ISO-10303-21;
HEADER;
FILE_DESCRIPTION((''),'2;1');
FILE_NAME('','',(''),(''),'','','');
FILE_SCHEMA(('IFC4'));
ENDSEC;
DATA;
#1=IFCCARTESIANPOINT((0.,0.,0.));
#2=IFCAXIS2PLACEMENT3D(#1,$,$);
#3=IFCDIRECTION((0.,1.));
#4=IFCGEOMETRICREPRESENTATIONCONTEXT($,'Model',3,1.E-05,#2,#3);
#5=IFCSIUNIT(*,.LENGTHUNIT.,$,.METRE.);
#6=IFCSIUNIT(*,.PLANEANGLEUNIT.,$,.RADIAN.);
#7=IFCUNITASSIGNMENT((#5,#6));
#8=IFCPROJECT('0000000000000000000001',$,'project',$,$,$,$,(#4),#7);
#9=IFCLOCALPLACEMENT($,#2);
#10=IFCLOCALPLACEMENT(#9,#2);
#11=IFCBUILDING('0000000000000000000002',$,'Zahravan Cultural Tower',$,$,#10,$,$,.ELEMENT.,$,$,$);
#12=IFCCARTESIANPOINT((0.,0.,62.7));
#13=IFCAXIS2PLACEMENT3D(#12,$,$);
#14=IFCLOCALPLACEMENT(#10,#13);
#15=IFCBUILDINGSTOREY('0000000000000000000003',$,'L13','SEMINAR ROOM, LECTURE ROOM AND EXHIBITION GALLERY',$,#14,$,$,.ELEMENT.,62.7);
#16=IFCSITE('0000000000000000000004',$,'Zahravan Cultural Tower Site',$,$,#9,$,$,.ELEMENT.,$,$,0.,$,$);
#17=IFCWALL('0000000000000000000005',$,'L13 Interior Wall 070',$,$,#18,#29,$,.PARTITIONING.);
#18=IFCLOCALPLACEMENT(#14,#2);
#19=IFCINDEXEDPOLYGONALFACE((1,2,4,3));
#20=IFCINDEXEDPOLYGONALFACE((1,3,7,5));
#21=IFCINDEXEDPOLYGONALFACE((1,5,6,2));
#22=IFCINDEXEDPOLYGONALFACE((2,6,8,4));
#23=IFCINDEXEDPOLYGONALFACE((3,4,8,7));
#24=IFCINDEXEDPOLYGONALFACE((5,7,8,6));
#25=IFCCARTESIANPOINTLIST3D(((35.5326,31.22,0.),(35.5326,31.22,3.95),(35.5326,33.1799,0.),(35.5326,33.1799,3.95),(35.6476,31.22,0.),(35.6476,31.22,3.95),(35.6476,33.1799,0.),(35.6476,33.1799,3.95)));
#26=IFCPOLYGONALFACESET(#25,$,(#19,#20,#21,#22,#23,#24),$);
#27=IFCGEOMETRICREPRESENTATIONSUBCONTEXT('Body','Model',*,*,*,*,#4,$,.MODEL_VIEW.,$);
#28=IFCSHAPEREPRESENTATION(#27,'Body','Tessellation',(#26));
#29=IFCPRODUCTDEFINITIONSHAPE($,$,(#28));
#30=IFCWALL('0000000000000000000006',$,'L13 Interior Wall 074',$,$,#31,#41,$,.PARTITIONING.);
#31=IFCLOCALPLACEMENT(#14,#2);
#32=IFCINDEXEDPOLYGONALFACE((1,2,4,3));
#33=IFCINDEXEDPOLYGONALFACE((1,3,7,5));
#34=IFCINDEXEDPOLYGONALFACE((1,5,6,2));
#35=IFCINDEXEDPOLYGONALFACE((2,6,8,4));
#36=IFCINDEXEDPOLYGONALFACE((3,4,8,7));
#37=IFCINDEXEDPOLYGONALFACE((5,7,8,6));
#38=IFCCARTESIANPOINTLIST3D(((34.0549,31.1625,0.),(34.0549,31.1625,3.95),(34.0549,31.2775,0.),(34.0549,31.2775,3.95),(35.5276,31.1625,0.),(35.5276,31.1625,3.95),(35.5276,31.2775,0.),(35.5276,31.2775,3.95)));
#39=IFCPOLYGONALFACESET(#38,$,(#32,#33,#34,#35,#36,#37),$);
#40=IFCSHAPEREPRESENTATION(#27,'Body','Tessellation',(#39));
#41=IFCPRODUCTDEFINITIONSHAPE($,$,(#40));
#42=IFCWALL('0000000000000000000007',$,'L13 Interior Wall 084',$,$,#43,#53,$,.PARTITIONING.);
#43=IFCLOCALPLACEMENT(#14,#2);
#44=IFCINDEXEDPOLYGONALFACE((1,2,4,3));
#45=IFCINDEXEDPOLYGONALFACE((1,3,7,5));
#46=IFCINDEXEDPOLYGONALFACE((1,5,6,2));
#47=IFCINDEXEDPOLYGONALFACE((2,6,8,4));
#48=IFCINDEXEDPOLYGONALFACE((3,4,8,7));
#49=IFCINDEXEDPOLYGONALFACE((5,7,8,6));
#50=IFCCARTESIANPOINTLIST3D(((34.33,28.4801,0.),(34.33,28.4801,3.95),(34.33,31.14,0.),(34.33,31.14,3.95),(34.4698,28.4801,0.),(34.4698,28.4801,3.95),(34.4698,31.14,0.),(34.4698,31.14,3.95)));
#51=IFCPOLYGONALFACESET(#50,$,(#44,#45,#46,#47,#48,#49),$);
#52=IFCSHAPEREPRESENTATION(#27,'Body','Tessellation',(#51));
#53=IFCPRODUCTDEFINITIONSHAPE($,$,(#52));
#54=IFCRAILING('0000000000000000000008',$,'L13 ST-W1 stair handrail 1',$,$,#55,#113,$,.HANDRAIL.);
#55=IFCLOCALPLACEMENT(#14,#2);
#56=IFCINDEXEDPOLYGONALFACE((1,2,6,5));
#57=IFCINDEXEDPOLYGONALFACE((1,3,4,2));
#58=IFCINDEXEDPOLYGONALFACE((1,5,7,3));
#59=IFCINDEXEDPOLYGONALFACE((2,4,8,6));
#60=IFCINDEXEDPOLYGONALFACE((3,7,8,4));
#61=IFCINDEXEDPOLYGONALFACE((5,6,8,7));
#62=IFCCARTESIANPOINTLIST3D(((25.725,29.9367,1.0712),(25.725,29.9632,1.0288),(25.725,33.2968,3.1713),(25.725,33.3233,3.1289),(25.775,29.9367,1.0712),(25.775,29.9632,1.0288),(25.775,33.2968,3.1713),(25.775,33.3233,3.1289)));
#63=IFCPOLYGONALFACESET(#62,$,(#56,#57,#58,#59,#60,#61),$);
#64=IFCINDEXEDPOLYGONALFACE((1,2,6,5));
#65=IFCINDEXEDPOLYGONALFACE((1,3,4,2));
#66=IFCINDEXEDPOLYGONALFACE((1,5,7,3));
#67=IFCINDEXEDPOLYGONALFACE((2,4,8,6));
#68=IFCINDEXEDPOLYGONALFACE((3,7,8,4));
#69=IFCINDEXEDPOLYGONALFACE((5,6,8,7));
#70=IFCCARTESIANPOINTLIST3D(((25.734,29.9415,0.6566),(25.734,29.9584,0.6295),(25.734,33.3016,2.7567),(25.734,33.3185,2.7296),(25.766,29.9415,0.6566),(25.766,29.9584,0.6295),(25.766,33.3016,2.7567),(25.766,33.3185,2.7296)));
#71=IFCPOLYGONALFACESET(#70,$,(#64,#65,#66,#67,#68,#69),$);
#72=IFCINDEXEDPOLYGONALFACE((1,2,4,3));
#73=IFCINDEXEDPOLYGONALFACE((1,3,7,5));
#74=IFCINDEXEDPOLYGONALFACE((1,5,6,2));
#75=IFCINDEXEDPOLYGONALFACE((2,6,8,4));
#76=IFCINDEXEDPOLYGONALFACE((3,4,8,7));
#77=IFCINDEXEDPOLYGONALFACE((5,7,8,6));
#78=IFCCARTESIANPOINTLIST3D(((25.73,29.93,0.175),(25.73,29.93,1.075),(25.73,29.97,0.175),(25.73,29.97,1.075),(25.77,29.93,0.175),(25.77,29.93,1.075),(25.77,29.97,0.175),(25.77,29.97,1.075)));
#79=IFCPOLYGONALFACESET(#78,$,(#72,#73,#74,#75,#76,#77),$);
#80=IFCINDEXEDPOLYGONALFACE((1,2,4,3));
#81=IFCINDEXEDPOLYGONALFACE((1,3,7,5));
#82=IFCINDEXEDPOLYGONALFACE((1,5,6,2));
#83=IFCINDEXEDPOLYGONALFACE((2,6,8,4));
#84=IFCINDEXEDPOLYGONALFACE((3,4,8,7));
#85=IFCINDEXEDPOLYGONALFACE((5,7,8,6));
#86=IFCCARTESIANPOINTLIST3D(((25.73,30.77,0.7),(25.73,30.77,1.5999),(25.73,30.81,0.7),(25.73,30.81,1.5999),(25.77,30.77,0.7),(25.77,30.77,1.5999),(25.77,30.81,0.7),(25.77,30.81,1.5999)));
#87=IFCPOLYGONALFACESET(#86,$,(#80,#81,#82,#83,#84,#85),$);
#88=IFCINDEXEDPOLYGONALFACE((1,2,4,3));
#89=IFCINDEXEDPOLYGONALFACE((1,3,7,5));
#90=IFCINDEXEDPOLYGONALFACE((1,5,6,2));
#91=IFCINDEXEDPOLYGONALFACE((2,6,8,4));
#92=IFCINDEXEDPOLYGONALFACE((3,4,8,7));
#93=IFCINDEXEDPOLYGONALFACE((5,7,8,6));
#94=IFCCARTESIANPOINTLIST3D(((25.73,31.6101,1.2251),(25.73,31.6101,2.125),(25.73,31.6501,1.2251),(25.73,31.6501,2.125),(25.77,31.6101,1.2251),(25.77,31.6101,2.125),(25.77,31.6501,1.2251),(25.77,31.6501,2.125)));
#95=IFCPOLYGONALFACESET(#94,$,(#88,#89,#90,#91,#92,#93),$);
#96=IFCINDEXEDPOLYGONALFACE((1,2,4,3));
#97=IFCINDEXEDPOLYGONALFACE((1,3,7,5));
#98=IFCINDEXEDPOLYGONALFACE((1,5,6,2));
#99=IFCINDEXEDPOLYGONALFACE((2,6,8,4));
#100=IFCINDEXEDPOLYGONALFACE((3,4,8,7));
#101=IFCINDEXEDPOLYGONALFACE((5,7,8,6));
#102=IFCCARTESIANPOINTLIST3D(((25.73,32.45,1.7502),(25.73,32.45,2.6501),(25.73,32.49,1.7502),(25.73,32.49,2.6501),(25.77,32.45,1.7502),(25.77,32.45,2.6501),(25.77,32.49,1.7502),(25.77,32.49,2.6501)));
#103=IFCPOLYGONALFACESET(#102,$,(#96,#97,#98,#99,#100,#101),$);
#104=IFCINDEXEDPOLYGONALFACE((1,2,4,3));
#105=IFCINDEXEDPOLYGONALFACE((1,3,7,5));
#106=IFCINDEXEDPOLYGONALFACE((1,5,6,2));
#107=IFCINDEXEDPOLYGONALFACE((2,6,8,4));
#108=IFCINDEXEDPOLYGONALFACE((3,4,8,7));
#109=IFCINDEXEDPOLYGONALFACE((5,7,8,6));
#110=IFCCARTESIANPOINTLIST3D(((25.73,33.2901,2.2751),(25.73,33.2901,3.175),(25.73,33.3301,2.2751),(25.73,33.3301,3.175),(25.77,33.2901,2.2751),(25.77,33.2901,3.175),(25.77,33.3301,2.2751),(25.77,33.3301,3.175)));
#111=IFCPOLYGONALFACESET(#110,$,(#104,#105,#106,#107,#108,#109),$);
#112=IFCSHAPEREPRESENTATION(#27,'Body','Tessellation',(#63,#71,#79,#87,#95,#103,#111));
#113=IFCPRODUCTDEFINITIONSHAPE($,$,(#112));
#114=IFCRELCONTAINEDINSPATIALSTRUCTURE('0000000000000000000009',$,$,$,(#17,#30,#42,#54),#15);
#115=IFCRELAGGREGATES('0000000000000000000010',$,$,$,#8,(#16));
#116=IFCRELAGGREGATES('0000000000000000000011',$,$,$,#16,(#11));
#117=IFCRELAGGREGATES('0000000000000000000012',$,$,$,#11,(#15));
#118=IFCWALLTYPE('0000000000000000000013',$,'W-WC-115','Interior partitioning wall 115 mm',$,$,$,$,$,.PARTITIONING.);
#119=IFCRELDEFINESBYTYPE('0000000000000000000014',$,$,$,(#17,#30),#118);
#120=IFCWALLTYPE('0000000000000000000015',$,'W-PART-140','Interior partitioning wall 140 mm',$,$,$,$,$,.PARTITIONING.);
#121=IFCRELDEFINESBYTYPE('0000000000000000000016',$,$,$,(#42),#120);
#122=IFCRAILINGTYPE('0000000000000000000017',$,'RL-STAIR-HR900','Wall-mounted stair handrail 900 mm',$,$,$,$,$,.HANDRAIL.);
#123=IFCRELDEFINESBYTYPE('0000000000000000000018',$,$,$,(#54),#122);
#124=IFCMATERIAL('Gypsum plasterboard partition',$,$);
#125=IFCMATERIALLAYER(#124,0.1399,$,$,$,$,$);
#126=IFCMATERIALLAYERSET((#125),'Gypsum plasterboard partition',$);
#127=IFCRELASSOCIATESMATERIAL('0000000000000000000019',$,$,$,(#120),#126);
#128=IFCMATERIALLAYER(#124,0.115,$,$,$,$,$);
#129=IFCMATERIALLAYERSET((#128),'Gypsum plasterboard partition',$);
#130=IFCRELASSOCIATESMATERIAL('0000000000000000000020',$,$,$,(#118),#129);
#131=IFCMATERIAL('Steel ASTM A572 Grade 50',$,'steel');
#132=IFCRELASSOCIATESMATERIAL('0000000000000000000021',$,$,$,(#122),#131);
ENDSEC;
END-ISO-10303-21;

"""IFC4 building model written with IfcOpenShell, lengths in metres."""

from ifc_helpers import new_model, si_unit, direction, frame, frame_2d, origin, origin_2d, place, context, subcontext, project, spatial, rectangle, extrude, source, transform, mapped, material, layer, layer_set, type_object, element, save


model = new_model("IFC4")

# Units and contexts
model_context = context("Model", 3, precision=1e-05, world=origin(), true_north=direction((0.0, 1.0)))
body_context = subcontext(model_context, "Body", "Model", "MODEL_VIEW")
ifc_project = project(units=[si_unit("LENGTHUNIT", "METRE"), si_unit("PLANEANGLEUNIT", "RADIAN")], contexts=[model_context])

# Site, building, storey
site_placement = place(None, origin())
site = spatial("IfcSite", under=ifc_project, at=site_placement, Name="Zahravan Cultural Tower Site", CompositionType="ELEMENT", RefElevation=0.0)
building_placement = place(site_placement, origin())
building = spatial("IfcBuilding", under=site, at=building_placement, Name="Zahravan Cultural Tower", CompositionType="ELEMENT")
storey_placement = place(building_placement, frame((0.0, 0.0, 62.7)))
storey = spatial("IfcBuildingStorey", under=building, at=storey_placement, Name="L13", Description="SEMINAR ROOM, LECTURE ROOM AND EXHIBITION GALLERY", CompositionType="ELEMENT", Elevation=62.7)

# Shared definitions
ifc_material_1 = material(Name="Steel ASTM A572 Grade 50", Category="steel")
ifc_material_2 = material(Name="Gypsum plasterboard partition")
ifc_layer_1 = layer(ifc_material_2, 0.1399)
ifc_layer_set_1 = layer_set([ifc_layer_1], Name="Gypsum plasterboard partition")
wall_type_1 = type_object("IfcWallType", Name="W-PART-140", Description="Interior partitioning wall 140 mm", PredefinedType="PARTITIONING", material=ifc_layer_set_1)

# Walls
ifc_layer_2 = layer(ifc_material_2, 0.115)
ifc_layer_set_2 = layer_set([ifc_layer_2], Name="Gypsum plasterboard partition")
wall_type_2 = type_object("IfcWallType", Name="W-WC-115", Description="Interior partitioning wall 115 mm", PredefinedType="PARTITIONING", material=ifc_layer_set_2)
shared_shape_1 = source(origin(), body_context, "Body", "SweptSolid", [
    extrude(rectangle(XDim=1.96, YDim=0.115, at=frame_2d((0.98, 0.0))), origin(), (0.0, 0.0, 1.0), 3.95),
])
wall_1_placement = place(storey_placement, frame((35.5901, 31.22, 0.0), z_axis=(0.0, 0.0, 1.0), x_axis=(0.0, 1.0, 0.0)))
element("IfcWall", 1, at=wall_1_placement, inside=storey, type_object=wall_type_2, Name="L13 Interior Wall 070", PredefinedType="PARTITIONING", context=body_context, shape_type="MappedRepresentation", body=[
    mapped(shared_shape_1, transform((0.0, 0.0, 0.0), x_axis=(1.0, 0.0, 0.0), y_axis=(0.0, 1.0, 0.0), z_axis=(0.0, 0.0, 1.0), scale=1.0)),
])
shared_shape_2 = source(origin(), body_context, "Body", "SweptSolid", [
    extrude(rectangle(XDim=1.4727, YDim=0.115, at=frame_2d((0.7363, 0.0))), origin(), (0.0, 0.0, 1.0), 3.95),
])
wall_2_placement = place(storey_placement, frame((35.5276, 31.22, 0.0), z_axis=(0.0, 0.0, 1.0), x_axis=(-1.0, 0.0, 0.0)))
element("IfcWall", 2, at=wall_2_placement, inside=storey, type_object=wall_type_2, Name="L13 Interior Wall 074", PredefinedType="PARTITIONING", context=body_context, shape_type="MappedRepresentation", body=[
    mapped(shared_shape_2, transform((0.0, 0.0, 0.0), x_axis=(1.0, 0.0, 0.0), y_axis=(0.0, 1.0, 0.0), z_axis=(0.0, 0.0, 1.0), scale=1.0)),
])
shared_shape_3 = source(origin(), body_context, "Body", "SweptSolid", [
    extrude(rectangle(XDim=2.6599, YDim=0.1399, at=frame_2d((1.3301, 0.0))), origin(), (0.0, 0.0, 1.0), 3.95),
])
wall_3_placement = place(storey_placement, frame((34.3999, 28.48, 0.0), z_axis=(0.0, 0.0, 1.0), x_axis=(0.0, 1.0, 0.0)))
element("IfcWall", 3, at=wall_3_placement, inside=storey, type_object=wall_type_1, Name="L13 Interior Wall 084", PredefinedType="PARTITIONING", context=body_context, shape_type="MappedRepresentation", body=[
    mapped(shared_shape_3, transform((0.0, 0.0, 0.0), x_axis=(1.0, 0.0, 0.0), y_axis=(0.0, 1.0, 0.0), z_axis=(0.0, 0.0, 1.0), scale=1.0)),
])

# Railing
railing_type = type_object("IfcRailingType", Name="RL-STAIR-HR900", Description="Wall-mounted stair handrail 900 mm", PredefinedType="HANDRAIL", material=ifc_material_1)
railing_placement = place(storey_placement, frame((25.75, 29.95, 0.175)))
element("IfcRailing", 4, at=railing_placement, inside=storey, type_object=railing_type, Name="L13 ST-W1 stair handrail 1", PredefinedType="HANDRAIL", context=body_context, shape_type="SweptSolid", body=[
    extrude(rectangle(XDim=0.05, YDim=0.05, at=origin_2d()), frame((0.0, 0.0, 0.875), z_axis=(0.0, 0.847995, 0.530004), x_axis=(-1.0, 0.0, 0.0)), (0.0, 0.0, 1.0), 3.9624),
    extrude(rectangle(XDim=0.032, YDim=0.032, at=origin_2d()), frame((0.0, 0.0, 0.468), z_axis=(0.0, 0.847995, 0.530004), x_axis=(-1.0, 0.0, 0.0)), (0.0, 0.0, 1.0), 3.9624),
    extrude(rectangle(XDim=0.04, YDim=0.04, at=origin_2d()), origin(), (0.0, 0.0, 1.0), 0.8999),
    extrude(rectangle(XDim=0.04, YDim=0.04, at=origin_2d()), frame((0.0, 0.8401, 0.5249)), (0.0, 0.0, 1.0), 0.8999),
    extrude(rectangle(XDim=0.04, YDim=0.04, at=origin_2d()), frame((0.0, 1.6802, 1.05)), (0.0, 0.0, 1.0), 0.8999),
    extrude(rectangle(XDim=0.04, YDim=0.04, at=origin_2d()), frame((0.0, 2.52, 1.5752)), (0.0, 0.0, 1.0), 0.8999),
    extrude(rectangle(XDim=0.04, YDim=0.04, at=origin_2d()), frame((0.0, 3.3601, 2.1001)), (0.0, 0.0, 1.0), 0.8999),
])

save(model, "model.ifc")
